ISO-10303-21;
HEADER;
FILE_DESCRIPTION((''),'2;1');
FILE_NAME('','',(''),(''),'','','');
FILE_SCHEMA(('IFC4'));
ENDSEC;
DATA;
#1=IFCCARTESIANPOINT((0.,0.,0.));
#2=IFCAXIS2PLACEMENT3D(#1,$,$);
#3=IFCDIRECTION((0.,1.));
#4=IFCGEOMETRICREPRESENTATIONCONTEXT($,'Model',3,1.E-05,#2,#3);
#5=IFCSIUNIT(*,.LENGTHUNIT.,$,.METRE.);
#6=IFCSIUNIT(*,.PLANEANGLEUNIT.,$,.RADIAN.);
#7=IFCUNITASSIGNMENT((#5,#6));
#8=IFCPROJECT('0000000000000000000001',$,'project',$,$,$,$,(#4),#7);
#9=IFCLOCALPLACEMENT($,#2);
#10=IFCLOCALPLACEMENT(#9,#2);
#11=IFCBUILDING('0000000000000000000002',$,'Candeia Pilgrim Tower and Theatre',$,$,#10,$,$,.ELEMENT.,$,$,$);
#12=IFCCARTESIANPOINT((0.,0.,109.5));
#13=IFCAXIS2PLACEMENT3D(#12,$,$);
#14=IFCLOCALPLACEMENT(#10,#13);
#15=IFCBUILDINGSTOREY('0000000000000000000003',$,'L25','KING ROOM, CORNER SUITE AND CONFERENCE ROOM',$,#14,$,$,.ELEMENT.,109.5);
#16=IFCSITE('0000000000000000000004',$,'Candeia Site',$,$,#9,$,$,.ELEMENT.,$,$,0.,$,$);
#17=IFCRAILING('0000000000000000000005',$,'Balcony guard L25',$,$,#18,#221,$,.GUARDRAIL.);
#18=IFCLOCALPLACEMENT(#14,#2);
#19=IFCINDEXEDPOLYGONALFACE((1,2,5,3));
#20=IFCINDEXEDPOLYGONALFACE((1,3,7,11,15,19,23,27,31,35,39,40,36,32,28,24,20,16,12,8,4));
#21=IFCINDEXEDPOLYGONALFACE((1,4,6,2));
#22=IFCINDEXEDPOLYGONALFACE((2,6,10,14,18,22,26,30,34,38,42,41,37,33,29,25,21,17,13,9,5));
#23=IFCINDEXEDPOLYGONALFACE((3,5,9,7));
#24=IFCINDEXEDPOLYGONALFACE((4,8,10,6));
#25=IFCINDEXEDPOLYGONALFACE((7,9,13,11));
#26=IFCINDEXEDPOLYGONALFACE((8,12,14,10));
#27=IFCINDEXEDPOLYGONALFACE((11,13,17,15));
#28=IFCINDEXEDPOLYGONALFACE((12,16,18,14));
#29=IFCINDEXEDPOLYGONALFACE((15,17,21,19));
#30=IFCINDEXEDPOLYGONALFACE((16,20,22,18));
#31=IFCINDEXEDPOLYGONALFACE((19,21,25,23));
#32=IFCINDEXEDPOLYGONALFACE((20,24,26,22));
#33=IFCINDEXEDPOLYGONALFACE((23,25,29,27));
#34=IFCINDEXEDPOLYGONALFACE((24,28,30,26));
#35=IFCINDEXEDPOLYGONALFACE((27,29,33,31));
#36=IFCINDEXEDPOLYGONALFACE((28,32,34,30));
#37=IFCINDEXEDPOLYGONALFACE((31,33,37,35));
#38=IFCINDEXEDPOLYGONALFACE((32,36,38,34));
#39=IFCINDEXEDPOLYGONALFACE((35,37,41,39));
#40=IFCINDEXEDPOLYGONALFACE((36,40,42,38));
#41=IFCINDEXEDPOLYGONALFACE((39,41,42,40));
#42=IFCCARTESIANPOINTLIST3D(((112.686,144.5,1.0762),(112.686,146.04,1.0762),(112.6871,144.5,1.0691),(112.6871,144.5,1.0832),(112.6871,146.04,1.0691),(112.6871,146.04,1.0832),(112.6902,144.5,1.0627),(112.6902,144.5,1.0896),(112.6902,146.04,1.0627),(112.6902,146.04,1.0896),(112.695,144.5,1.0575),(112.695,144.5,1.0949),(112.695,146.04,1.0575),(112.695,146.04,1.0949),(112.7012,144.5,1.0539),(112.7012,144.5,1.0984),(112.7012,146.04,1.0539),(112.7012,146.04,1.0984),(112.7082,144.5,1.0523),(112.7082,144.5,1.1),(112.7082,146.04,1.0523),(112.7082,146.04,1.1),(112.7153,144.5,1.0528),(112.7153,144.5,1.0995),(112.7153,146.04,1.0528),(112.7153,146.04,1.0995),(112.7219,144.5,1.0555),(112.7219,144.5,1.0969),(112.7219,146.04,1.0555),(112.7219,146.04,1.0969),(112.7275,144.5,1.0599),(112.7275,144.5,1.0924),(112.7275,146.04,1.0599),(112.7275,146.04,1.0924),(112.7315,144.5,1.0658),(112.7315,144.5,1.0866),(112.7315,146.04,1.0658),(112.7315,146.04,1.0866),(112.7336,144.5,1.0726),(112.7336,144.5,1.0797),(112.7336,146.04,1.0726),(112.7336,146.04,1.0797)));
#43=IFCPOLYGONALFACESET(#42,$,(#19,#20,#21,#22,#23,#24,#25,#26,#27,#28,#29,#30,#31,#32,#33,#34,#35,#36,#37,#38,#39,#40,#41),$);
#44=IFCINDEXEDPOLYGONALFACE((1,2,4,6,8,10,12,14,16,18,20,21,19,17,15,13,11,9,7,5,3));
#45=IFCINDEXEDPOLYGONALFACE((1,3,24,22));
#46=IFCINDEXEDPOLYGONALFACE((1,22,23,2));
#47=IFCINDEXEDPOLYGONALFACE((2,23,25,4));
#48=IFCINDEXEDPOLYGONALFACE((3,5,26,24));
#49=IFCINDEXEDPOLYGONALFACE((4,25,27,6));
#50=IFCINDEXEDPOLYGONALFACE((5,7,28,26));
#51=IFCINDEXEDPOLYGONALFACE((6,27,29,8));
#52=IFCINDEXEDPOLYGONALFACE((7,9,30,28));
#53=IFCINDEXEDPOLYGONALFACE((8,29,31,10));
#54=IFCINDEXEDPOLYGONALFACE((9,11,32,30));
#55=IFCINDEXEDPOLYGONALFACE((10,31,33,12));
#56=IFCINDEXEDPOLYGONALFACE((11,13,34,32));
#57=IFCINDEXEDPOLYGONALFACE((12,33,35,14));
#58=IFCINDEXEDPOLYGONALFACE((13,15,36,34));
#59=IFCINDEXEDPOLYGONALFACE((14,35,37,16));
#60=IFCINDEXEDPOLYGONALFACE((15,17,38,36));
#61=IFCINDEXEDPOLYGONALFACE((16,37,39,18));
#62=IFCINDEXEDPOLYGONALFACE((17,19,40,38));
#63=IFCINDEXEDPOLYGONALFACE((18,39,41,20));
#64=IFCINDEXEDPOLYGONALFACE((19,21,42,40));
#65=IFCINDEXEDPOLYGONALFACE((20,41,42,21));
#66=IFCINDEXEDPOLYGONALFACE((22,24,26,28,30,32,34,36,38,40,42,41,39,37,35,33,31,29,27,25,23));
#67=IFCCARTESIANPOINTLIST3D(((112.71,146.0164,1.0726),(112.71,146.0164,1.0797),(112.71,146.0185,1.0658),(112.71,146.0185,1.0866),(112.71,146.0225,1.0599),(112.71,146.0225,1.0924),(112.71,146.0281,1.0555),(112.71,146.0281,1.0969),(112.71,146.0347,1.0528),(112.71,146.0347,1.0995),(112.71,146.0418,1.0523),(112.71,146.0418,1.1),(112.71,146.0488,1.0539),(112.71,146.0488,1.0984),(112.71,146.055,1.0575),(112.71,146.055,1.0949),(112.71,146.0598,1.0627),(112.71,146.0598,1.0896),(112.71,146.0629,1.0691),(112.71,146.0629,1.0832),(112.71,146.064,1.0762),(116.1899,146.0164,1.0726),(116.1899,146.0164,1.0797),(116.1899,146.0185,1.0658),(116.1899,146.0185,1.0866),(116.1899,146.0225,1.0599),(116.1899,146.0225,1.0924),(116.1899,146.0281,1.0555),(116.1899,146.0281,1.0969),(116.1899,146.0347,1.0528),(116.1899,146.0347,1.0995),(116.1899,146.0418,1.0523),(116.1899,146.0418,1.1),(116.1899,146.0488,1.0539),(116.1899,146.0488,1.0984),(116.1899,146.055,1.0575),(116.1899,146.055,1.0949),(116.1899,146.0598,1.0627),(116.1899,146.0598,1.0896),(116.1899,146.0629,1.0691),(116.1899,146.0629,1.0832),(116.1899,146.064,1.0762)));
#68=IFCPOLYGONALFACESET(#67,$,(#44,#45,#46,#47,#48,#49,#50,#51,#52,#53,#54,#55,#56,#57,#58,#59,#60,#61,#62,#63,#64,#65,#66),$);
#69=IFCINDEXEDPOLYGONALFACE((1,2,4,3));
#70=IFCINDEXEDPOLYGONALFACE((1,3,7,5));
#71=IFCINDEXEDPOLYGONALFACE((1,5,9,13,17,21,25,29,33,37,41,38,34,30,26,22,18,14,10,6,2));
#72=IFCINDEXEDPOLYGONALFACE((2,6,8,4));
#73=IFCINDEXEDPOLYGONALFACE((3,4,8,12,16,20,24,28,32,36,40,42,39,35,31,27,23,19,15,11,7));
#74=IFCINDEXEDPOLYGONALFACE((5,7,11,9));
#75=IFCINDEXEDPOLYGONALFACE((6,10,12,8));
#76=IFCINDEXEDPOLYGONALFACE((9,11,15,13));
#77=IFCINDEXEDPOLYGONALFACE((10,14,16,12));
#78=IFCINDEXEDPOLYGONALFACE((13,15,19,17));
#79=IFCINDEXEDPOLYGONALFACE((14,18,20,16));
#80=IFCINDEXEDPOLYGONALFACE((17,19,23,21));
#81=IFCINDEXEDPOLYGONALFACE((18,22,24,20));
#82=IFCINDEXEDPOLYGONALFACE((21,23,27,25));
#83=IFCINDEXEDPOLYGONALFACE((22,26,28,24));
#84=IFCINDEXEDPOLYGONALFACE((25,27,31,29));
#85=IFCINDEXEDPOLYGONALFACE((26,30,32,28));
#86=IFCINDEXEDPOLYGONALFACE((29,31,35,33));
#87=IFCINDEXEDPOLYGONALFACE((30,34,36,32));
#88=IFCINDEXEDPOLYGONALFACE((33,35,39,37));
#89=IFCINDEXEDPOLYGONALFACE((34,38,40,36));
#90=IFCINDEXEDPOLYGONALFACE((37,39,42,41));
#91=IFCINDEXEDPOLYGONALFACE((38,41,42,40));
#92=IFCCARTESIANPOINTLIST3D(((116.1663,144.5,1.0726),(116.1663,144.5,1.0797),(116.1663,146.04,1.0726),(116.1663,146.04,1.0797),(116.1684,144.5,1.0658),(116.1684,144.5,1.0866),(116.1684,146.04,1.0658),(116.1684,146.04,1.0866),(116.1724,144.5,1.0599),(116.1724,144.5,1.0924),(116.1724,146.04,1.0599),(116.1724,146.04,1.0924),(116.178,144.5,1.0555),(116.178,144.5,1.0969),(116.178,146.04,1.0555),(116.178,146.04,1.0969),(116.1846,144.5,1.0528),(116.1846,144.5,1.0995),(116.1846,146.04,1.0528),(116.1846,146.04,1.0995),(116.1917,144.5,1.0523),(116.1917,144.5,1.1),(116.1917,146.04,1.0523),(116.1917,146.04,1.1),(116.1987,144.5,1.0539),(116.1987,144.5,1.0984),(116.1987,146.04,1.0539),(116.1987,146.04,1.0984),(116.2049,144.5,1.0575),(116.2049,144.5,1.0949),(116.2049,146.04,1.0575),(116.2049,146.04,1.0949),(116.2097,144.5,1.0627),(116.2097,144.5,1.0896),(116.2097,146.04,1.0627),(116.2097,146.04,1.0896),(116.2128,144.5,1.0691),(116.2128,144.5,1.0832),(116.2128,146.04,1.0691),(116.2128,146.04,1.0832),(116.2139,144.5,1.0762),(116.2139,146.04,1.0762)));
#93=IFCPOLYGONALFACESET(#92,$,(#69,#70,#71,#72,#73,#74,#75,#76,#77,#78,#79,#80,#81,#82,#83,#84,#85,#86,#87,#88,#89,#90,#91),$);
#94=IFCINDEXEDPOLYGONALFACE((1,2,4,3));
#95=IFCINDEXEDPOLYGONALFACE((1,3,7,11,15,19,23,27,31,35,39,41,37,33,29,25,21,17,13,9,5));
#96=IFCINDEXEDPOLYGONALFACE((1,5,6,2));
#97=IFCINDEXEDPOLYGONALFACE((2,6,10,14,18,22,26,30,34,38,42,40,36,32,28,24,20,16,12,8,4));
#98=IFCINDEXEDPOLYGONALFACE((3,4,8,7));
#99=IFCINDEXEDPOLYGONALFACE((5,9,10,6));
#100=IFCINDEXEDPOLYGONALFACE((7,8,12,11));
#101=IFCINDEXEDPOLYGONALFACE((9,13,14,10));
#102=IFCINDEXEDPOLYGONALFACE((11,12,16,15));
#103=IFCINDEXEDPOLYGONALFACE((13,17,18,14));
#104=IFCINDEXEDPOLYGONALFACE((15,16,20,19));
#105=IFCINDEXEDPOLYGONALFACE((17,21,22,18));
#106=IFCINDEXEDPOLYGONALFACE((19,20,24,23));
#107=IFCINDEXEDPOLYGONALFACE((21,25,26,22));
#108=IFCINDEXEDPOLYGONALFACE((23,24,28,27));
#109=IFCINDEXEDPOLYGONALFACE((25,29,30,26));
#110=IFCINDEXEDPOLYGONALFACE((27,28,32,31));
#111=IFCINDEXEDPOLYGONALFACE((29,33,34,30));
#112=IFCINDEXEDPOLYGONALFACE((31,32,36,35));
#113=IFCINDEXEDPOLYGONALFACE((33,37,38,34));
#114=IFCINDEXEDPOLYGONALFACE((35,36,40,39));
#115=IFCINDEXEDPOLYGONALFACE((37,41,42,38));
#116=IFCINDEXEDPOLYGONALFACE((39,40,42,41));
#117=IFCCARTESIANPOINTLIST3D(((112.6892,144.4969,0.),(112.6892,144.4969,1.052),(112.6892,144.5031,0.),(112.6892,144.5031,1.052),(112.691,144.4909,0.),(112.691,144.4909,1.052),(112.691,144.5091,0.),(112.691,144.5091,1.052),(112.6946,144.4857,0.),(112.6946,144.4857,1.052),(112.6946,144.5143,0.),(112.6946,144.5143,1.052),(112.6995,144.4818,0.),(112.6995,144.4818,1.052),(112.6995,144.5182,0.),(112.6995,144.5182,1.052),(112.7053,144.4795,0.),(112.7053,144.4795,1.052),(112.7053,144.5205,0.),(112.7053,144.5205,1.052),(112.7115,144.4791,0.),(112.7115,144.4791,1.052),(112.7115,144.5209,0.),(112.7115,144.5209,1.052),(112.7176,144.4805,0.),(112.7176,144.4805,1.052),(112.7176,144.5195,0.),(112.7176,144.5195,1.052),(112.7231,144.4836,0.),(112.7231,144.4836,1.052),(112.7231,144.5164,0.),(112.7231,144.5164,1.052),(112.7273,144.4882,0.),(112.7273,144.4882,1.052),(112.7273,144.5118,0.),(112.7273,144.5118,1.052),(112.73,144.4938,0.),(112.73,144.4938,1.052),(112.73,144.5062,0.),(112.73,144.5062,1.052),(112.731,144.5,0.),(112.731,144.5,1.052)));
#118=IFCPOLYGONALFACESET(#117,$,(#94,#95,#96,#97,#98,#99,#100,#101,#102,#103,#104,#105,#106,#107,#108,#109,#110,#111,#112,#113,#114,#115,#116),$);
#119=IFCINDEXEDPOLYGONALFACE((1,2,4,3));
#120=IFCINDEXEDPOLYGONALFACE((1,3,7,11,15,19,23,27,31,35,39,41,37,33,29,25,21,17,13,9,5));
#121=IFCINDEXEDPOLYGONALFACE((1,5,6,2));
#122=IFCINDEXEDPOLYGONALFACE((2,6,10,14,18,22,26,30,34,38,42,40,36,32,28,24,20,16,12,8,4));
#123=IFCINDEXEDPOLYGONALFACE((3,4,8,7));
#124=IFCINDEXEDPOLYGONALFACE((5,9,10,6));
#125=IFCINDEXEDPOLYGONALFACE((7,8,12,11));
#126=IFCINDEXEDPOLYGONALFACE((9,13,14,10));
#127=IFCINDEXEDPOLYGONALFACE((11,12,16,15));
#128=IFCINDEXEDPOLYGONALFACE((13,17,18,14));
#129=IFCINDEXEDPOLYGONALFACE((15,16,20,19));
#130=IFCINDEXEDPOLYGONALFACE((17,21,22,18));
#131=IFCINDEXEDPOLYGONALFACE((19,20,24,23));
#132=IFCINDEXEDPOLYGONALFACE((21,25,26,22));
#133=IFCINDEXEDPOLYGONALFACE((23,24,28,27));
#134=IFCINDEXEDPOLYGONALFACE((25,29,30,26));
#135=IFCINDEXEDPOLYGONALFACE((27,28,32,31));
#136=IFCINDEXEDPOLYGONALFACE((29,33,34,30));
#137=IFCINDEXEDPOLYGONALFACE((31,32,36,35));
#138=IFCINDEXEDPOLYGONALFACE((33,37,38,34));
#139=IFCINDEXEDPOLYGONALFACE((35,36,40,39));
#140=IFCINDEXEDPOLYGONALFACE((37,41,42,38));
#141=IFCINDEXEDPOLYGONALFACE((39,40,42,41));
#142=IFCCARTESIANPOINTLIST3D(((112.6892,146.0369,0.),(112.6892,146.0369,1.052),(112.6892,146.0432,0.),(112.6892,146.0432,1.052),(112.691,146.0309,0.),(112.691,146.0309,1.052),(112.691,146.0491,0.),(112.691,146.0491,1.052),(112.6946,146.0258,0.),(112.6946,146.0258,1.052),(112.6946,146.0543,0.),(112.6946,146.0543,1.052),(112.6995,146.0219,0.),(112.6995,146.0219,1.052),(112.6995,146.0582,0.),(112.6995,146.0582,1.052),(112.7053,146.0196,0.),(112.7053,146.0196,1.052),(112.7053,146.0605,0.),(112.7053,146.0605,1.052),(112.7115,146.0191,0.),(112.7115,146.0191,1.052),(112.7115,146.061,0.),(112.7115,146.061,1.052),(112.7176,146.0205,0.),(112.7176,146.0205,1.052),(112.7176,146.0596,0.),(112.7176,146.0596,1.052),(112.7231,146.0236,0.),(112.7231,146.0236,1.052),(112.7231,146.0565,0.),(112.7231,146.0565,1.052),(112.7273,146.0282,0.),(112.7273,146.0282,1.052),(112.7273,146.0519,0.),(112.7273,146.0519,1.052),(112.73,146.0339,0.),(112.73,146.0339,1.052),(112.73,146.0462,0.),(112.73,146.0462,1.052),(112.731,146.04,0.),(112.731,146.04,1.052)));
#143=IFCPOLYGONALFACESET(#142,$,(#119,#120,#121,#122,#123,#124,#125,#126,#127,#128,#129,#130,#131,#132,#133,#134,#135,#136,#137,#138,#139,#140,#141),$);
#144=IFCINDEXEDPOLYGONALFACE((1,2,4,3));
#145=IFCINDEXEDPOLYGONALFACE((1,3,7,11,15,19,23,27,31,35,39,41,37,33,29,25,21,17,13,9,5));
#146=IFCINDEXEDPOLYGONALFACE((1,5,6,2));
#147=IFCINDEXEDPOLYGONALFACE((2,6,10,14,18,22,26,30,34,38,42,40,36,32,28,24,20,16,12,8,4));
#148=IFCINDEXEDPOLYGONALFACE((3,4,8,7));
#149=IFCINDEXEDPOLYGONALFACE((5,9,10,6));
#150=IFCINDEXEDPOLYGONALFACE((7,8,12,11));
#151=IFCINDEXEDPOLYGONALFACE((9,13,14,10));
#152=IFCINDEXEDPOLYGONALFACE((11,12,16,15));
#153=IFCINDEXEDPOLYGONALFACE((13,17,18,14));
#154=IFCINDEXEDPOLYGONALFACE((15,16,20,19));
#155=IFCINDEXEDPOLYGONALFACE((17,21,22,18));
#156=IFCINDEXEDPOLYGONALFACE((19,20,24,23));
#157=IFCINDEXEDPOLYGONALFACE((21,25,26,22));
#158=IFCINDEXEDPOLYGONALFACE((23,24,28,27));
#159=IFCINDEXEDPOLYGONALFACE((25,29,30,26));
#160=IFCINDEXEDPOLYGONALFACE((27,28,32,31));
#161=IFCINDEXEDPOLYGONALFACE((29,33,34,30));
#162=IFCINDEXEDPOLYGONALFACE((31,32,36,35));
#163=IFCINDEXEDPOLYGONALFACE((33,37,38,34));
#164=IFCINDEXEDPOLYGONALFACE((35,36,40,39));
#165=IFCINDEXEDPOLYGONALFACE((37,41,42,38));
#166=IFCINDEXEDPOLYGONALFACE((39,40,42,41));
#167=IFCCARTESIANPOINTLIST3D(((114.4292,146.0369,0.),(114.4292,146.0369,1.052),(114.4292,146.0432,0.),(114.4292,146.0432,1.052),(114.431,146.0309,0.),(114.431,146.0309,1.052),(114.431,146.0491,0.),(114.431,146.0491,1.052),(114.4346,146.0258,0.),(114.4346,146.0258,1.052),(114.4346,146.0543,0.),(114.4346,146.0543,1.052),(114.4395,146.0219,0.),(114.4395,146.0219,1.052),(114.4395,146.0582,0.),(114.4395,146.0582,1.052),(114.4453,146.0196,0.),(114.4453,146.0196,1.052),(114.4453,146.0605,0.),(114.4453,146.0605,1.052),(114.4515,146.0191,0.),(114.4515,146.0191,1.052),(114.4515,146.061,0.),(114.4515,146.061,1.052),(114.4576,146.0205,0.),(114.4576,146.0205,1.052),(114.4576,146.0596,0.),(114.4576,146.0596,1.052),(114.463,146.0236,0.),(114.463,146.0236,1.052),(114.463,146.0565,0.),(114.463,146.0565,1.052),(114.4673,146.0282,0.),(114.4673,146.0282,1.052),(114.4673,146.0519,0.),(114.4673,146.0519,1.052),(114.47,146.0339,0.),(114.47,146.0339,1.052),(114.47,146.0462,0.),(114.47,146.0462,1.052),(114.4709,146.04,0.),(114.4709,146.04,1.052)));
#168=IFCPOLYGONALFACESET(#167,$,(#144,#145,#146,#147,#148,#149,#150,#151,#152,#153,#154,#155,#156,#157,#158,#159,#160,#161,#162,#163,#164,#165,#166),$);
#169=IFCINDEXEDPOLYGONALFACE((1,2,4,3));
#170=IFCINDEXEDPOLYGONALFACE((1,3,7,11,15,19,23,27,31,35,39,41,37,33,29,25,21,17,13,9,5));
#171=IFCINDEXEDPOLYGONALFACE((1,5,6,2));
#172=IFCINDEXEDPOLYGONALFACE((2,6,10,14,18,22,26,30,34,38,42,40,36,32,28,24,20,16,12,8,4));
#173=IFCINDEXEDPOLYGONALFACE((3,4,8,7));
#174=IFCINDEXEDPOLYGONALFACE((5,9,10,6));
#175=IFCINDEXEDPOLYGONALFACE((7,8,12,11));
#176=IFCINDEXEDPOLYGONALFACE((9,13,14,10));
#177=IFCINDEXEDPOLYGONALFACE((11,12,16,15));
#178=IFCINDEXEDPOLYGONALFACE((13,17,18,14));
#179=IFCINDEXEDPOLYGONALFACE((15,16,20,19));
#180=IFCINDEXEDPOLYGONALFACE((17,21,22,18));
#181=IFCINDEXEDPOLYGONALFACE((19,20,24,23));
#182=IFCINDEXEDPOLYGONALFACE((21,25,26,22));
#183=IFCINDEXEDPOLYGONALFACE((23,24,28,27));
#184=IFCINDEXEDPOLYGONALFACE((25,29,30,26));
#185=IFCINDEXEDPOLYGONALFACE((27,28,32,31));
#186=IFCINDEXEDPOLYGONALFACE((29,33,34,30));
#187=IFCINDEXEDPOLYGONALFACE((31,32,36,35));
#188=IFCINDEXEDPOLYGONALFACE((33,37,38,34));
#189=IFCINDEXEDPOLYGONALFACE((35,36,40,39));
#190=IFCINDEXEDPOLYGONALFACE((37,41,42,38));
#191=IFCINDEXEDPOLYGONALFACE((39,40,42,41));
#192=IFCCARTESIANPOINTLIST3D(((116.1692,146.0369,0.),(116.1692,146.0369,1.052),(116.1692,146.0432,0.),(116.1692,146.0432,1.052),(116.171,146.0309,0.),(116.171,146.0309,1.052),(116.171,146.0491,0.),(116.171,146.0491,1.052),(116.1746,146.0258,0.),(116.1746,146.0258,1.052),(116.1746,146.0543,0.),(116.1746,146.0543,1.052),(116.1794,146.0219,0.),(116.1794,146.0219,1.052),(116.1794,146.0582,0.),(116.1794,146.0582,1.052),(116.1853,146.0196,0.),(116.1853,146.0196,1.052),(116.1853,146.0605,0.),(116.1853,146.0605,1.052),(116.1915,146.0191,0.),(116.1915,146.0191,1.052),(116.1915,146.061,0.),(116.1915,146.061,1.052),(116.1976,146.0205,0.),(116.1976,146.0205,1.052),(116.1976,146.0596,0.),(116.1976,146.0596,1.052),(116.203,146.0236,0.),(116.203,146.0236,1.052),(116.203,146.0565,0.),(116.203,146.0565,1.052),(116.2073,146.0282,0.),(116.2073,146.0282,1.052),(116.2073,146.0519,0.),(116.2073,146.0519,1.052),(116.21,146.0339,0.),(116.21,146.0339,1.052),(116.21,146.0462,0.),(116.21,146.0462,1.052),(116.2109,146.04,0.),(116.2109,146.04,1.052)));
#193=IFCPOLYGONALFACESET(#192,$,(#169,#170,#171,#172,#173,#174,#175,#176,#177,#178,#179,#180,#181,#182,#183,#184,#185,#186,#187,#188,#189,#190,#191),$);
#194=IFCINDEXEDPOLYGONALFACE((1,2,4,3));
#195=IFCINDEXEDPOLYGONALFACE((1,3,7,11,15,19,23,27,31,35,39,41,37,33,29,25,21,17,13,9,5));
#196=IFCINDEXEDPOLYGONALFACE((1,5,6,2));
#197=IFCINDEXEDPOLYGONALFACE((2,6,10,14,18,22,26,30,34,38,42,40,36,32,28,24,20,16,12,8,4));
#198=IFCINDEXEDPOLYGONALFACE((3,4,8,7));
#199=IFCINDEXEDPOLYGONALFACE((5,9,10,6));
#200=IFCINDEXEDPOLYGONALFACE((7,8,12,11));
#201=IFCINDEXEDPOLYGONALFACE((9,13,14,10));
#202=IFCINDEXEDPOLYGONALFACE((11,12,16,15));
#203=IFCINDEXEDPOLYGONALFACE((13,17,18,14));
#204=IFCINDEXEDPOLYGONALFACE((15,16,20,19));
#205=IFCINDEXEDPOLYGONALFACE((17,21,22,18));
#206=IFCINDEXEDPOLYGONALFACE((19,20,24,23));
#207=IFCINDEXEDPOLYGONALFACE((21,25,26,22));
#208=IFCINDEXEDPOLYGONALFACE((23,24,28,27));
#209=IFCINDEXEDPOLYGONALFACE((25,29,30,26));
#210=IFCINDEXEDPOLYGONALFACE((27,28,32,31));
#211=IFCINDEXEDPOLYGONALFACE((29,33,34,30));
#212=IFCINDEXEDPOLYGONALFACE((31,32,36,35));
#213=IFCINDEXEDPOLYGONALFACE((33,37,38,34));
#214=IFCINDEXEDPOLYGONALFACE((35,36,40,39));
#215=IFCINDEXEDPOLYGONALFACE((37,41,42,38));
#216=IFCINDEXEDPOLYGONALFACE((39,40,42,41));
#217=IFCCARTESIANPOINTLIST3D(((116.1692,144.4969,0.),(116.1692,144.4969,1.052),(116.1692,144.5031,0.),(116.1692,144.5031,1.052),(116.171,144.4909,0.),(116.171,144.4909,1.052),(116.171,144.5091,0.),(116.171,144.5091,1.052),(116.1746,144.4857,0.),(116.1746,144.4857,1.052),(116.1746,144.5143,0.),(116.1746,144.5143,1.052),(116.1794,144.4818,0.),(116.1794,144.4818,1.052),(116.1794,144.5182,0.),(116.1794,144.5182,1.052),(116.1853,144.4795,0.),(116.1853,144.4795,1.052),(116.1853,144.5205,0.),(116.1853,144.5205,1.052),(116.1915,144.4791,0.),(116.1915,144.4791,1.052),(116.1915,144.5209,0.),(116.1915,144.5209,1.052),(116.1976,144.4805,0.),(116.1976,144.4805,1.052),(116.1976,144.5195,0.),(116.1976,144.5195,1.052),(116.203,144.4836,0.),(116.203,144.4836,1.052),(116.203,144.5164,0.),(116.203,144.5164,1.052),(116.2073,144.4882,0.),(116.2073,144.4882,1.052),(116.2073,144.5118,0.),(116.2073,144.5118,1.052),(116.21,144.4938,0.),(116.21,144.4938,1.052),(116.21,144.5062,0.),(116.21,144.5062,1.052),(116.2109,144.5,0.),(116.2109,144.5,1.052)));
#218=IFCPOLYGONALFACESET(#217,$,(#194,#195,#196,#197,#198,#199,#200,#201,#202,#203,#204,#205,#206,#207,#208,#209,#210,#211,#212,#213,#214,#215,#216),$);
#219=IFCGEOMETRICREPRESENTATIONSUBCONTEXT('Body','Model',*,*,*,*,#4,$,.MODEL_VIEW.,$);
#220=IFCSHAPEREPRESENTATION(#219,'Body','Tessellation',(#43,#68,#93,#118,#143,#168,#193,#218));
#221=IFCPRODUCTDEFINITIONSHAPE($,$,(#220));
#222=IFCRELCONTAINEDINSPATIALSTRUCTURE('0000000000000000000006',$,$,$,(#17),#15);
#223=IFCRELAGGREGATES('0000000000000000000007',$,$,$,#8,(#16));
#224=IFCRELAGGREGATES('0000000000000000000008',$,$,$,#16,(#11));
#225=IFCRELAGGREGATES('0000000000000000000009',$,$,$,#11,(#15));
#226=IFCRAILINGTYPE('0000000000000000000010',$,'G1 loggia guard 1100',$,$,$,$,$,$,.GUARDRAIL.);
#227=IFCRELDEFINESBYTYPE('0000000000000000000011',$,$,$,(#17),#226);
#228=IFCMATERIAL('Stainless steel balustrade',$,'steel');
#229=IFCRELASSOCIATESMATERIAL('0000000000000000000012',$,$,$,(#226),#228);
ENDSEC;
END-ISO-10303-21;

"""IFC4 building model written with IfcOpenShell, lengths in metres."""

from ifc_helpers import new_model, si_unit, direction, frame, origin, origin_2d, place, context, subcontext, project, spatial, circle, extrude, material, type_object, element, save


model = new_model("IFC4")

# Units and contexts
model_context = context("Model", 3, precision=1e-05, world=origin(), true_north=direction((0.0, 1.0)))
body_context = subcontext(model_context, "Body", "Model", "MODEL_VIEW")
ifc_project = project(units=[si_unit("LENGTHUNIT", "METRE"), si_unit("PLANEANGLEUNIT", "RADIAN")], contexts=[model_context])

# Site, building, storey
site_placement = place(None, origin())
site = spatial("IfcSite", under=ifc_project, at=site_placement, Name="Candeia Site", CompositionType="ELEMENT", RefElevation=0.0)
building_placement = place(site_placement, origin())
building = spatial("IfcBuilding", under=site, at=building_placement, Name="Candeia Pilgrim Tower and Theatre", CompositionType="ELEMENT")
storey_placement = place(building_placement, frame((0.0, 0.0, 109.5)))
storey = spatial("IfcBuildingStorey", under=building, at=storey_placement, Name="L25", Description="KING ROOM, CORNER SUITE AND CONFERENCE ROOM", CompositionType="ELEMENT", Elevation=109.5)

# Railing
ifc_material_1 = material(Name="Stainless steel balustrade", Category="steel")
railing_type = type_object("IfcRailingType", Name="G1 loggia guard 1100", PredefinedType="GUARDRAIL", material=ifc_material_1)
railing_placement = place(storey_placement, frame((112.71, 144.5, 0.0)))
element("IfcRailing", 1, at=railing_placement, inside=storey, type_object=railing_type, Name="Balcony guard L25", PredefinedType="GUARDRAIL", context=body_context, shape_type="SweptSolid", body=[
    extrude(circle(Radius=0.0239, at=origin_2d()), frame((0.0, 0.0, 1.0762), z_axis=(0.0, 1.0, 0.0), x_axis=(-1.0, 0.0, 0.0)), (0.0, 0.0, 1.0), 1.54),
    extrude(circle(Radius=0.0239, at=origin_2d()), frame((0.0, 1.54, 1.0762), z_axis=(1.0, 0.0, 0.0), x_axis=(0.0, 1.0, 0.0)), (0.0, 0.0, 1.0), 3.48),
    extrude(circle(Radius=0.0239, at=origin_2d()), frame((3.48, 1.54, 1.0762), z_axis=(0.0, -1.0, 0.0), x_axis=(1.0, 0.0, 0.0)), (0.0, 0.0, 1.0), 1.54),
    extrude(circle(Radius=0.021, at=origin_2d()), origin(), (0.0, 0.0, 1.0), 1.052),
    extrude(circle(Radius=0.021, at=origin_2d()), frame((0.0, 1.54, 0.0)), (0.0, 0.0, 1.0), 1.052),
    extrude(circle(Radius=0.021, at=origin_2d()), frame((1.74, 1.54, 0.0)), (0.0, 0.0, 1.0), 1.052),
    extrude(circle(Radius=0.021, at=origin_2d()), frame((3.48, 1.54, 0.0)), (0.0, 0.0, 1.0), 1.052),
    extrude(circle(Radius=0.021, at=origin_2d()), frame((3.48, 0.0, 0.0)), (0.0, 0.0, 1.0), 1.052),
])

save(model, "model.ifc")
